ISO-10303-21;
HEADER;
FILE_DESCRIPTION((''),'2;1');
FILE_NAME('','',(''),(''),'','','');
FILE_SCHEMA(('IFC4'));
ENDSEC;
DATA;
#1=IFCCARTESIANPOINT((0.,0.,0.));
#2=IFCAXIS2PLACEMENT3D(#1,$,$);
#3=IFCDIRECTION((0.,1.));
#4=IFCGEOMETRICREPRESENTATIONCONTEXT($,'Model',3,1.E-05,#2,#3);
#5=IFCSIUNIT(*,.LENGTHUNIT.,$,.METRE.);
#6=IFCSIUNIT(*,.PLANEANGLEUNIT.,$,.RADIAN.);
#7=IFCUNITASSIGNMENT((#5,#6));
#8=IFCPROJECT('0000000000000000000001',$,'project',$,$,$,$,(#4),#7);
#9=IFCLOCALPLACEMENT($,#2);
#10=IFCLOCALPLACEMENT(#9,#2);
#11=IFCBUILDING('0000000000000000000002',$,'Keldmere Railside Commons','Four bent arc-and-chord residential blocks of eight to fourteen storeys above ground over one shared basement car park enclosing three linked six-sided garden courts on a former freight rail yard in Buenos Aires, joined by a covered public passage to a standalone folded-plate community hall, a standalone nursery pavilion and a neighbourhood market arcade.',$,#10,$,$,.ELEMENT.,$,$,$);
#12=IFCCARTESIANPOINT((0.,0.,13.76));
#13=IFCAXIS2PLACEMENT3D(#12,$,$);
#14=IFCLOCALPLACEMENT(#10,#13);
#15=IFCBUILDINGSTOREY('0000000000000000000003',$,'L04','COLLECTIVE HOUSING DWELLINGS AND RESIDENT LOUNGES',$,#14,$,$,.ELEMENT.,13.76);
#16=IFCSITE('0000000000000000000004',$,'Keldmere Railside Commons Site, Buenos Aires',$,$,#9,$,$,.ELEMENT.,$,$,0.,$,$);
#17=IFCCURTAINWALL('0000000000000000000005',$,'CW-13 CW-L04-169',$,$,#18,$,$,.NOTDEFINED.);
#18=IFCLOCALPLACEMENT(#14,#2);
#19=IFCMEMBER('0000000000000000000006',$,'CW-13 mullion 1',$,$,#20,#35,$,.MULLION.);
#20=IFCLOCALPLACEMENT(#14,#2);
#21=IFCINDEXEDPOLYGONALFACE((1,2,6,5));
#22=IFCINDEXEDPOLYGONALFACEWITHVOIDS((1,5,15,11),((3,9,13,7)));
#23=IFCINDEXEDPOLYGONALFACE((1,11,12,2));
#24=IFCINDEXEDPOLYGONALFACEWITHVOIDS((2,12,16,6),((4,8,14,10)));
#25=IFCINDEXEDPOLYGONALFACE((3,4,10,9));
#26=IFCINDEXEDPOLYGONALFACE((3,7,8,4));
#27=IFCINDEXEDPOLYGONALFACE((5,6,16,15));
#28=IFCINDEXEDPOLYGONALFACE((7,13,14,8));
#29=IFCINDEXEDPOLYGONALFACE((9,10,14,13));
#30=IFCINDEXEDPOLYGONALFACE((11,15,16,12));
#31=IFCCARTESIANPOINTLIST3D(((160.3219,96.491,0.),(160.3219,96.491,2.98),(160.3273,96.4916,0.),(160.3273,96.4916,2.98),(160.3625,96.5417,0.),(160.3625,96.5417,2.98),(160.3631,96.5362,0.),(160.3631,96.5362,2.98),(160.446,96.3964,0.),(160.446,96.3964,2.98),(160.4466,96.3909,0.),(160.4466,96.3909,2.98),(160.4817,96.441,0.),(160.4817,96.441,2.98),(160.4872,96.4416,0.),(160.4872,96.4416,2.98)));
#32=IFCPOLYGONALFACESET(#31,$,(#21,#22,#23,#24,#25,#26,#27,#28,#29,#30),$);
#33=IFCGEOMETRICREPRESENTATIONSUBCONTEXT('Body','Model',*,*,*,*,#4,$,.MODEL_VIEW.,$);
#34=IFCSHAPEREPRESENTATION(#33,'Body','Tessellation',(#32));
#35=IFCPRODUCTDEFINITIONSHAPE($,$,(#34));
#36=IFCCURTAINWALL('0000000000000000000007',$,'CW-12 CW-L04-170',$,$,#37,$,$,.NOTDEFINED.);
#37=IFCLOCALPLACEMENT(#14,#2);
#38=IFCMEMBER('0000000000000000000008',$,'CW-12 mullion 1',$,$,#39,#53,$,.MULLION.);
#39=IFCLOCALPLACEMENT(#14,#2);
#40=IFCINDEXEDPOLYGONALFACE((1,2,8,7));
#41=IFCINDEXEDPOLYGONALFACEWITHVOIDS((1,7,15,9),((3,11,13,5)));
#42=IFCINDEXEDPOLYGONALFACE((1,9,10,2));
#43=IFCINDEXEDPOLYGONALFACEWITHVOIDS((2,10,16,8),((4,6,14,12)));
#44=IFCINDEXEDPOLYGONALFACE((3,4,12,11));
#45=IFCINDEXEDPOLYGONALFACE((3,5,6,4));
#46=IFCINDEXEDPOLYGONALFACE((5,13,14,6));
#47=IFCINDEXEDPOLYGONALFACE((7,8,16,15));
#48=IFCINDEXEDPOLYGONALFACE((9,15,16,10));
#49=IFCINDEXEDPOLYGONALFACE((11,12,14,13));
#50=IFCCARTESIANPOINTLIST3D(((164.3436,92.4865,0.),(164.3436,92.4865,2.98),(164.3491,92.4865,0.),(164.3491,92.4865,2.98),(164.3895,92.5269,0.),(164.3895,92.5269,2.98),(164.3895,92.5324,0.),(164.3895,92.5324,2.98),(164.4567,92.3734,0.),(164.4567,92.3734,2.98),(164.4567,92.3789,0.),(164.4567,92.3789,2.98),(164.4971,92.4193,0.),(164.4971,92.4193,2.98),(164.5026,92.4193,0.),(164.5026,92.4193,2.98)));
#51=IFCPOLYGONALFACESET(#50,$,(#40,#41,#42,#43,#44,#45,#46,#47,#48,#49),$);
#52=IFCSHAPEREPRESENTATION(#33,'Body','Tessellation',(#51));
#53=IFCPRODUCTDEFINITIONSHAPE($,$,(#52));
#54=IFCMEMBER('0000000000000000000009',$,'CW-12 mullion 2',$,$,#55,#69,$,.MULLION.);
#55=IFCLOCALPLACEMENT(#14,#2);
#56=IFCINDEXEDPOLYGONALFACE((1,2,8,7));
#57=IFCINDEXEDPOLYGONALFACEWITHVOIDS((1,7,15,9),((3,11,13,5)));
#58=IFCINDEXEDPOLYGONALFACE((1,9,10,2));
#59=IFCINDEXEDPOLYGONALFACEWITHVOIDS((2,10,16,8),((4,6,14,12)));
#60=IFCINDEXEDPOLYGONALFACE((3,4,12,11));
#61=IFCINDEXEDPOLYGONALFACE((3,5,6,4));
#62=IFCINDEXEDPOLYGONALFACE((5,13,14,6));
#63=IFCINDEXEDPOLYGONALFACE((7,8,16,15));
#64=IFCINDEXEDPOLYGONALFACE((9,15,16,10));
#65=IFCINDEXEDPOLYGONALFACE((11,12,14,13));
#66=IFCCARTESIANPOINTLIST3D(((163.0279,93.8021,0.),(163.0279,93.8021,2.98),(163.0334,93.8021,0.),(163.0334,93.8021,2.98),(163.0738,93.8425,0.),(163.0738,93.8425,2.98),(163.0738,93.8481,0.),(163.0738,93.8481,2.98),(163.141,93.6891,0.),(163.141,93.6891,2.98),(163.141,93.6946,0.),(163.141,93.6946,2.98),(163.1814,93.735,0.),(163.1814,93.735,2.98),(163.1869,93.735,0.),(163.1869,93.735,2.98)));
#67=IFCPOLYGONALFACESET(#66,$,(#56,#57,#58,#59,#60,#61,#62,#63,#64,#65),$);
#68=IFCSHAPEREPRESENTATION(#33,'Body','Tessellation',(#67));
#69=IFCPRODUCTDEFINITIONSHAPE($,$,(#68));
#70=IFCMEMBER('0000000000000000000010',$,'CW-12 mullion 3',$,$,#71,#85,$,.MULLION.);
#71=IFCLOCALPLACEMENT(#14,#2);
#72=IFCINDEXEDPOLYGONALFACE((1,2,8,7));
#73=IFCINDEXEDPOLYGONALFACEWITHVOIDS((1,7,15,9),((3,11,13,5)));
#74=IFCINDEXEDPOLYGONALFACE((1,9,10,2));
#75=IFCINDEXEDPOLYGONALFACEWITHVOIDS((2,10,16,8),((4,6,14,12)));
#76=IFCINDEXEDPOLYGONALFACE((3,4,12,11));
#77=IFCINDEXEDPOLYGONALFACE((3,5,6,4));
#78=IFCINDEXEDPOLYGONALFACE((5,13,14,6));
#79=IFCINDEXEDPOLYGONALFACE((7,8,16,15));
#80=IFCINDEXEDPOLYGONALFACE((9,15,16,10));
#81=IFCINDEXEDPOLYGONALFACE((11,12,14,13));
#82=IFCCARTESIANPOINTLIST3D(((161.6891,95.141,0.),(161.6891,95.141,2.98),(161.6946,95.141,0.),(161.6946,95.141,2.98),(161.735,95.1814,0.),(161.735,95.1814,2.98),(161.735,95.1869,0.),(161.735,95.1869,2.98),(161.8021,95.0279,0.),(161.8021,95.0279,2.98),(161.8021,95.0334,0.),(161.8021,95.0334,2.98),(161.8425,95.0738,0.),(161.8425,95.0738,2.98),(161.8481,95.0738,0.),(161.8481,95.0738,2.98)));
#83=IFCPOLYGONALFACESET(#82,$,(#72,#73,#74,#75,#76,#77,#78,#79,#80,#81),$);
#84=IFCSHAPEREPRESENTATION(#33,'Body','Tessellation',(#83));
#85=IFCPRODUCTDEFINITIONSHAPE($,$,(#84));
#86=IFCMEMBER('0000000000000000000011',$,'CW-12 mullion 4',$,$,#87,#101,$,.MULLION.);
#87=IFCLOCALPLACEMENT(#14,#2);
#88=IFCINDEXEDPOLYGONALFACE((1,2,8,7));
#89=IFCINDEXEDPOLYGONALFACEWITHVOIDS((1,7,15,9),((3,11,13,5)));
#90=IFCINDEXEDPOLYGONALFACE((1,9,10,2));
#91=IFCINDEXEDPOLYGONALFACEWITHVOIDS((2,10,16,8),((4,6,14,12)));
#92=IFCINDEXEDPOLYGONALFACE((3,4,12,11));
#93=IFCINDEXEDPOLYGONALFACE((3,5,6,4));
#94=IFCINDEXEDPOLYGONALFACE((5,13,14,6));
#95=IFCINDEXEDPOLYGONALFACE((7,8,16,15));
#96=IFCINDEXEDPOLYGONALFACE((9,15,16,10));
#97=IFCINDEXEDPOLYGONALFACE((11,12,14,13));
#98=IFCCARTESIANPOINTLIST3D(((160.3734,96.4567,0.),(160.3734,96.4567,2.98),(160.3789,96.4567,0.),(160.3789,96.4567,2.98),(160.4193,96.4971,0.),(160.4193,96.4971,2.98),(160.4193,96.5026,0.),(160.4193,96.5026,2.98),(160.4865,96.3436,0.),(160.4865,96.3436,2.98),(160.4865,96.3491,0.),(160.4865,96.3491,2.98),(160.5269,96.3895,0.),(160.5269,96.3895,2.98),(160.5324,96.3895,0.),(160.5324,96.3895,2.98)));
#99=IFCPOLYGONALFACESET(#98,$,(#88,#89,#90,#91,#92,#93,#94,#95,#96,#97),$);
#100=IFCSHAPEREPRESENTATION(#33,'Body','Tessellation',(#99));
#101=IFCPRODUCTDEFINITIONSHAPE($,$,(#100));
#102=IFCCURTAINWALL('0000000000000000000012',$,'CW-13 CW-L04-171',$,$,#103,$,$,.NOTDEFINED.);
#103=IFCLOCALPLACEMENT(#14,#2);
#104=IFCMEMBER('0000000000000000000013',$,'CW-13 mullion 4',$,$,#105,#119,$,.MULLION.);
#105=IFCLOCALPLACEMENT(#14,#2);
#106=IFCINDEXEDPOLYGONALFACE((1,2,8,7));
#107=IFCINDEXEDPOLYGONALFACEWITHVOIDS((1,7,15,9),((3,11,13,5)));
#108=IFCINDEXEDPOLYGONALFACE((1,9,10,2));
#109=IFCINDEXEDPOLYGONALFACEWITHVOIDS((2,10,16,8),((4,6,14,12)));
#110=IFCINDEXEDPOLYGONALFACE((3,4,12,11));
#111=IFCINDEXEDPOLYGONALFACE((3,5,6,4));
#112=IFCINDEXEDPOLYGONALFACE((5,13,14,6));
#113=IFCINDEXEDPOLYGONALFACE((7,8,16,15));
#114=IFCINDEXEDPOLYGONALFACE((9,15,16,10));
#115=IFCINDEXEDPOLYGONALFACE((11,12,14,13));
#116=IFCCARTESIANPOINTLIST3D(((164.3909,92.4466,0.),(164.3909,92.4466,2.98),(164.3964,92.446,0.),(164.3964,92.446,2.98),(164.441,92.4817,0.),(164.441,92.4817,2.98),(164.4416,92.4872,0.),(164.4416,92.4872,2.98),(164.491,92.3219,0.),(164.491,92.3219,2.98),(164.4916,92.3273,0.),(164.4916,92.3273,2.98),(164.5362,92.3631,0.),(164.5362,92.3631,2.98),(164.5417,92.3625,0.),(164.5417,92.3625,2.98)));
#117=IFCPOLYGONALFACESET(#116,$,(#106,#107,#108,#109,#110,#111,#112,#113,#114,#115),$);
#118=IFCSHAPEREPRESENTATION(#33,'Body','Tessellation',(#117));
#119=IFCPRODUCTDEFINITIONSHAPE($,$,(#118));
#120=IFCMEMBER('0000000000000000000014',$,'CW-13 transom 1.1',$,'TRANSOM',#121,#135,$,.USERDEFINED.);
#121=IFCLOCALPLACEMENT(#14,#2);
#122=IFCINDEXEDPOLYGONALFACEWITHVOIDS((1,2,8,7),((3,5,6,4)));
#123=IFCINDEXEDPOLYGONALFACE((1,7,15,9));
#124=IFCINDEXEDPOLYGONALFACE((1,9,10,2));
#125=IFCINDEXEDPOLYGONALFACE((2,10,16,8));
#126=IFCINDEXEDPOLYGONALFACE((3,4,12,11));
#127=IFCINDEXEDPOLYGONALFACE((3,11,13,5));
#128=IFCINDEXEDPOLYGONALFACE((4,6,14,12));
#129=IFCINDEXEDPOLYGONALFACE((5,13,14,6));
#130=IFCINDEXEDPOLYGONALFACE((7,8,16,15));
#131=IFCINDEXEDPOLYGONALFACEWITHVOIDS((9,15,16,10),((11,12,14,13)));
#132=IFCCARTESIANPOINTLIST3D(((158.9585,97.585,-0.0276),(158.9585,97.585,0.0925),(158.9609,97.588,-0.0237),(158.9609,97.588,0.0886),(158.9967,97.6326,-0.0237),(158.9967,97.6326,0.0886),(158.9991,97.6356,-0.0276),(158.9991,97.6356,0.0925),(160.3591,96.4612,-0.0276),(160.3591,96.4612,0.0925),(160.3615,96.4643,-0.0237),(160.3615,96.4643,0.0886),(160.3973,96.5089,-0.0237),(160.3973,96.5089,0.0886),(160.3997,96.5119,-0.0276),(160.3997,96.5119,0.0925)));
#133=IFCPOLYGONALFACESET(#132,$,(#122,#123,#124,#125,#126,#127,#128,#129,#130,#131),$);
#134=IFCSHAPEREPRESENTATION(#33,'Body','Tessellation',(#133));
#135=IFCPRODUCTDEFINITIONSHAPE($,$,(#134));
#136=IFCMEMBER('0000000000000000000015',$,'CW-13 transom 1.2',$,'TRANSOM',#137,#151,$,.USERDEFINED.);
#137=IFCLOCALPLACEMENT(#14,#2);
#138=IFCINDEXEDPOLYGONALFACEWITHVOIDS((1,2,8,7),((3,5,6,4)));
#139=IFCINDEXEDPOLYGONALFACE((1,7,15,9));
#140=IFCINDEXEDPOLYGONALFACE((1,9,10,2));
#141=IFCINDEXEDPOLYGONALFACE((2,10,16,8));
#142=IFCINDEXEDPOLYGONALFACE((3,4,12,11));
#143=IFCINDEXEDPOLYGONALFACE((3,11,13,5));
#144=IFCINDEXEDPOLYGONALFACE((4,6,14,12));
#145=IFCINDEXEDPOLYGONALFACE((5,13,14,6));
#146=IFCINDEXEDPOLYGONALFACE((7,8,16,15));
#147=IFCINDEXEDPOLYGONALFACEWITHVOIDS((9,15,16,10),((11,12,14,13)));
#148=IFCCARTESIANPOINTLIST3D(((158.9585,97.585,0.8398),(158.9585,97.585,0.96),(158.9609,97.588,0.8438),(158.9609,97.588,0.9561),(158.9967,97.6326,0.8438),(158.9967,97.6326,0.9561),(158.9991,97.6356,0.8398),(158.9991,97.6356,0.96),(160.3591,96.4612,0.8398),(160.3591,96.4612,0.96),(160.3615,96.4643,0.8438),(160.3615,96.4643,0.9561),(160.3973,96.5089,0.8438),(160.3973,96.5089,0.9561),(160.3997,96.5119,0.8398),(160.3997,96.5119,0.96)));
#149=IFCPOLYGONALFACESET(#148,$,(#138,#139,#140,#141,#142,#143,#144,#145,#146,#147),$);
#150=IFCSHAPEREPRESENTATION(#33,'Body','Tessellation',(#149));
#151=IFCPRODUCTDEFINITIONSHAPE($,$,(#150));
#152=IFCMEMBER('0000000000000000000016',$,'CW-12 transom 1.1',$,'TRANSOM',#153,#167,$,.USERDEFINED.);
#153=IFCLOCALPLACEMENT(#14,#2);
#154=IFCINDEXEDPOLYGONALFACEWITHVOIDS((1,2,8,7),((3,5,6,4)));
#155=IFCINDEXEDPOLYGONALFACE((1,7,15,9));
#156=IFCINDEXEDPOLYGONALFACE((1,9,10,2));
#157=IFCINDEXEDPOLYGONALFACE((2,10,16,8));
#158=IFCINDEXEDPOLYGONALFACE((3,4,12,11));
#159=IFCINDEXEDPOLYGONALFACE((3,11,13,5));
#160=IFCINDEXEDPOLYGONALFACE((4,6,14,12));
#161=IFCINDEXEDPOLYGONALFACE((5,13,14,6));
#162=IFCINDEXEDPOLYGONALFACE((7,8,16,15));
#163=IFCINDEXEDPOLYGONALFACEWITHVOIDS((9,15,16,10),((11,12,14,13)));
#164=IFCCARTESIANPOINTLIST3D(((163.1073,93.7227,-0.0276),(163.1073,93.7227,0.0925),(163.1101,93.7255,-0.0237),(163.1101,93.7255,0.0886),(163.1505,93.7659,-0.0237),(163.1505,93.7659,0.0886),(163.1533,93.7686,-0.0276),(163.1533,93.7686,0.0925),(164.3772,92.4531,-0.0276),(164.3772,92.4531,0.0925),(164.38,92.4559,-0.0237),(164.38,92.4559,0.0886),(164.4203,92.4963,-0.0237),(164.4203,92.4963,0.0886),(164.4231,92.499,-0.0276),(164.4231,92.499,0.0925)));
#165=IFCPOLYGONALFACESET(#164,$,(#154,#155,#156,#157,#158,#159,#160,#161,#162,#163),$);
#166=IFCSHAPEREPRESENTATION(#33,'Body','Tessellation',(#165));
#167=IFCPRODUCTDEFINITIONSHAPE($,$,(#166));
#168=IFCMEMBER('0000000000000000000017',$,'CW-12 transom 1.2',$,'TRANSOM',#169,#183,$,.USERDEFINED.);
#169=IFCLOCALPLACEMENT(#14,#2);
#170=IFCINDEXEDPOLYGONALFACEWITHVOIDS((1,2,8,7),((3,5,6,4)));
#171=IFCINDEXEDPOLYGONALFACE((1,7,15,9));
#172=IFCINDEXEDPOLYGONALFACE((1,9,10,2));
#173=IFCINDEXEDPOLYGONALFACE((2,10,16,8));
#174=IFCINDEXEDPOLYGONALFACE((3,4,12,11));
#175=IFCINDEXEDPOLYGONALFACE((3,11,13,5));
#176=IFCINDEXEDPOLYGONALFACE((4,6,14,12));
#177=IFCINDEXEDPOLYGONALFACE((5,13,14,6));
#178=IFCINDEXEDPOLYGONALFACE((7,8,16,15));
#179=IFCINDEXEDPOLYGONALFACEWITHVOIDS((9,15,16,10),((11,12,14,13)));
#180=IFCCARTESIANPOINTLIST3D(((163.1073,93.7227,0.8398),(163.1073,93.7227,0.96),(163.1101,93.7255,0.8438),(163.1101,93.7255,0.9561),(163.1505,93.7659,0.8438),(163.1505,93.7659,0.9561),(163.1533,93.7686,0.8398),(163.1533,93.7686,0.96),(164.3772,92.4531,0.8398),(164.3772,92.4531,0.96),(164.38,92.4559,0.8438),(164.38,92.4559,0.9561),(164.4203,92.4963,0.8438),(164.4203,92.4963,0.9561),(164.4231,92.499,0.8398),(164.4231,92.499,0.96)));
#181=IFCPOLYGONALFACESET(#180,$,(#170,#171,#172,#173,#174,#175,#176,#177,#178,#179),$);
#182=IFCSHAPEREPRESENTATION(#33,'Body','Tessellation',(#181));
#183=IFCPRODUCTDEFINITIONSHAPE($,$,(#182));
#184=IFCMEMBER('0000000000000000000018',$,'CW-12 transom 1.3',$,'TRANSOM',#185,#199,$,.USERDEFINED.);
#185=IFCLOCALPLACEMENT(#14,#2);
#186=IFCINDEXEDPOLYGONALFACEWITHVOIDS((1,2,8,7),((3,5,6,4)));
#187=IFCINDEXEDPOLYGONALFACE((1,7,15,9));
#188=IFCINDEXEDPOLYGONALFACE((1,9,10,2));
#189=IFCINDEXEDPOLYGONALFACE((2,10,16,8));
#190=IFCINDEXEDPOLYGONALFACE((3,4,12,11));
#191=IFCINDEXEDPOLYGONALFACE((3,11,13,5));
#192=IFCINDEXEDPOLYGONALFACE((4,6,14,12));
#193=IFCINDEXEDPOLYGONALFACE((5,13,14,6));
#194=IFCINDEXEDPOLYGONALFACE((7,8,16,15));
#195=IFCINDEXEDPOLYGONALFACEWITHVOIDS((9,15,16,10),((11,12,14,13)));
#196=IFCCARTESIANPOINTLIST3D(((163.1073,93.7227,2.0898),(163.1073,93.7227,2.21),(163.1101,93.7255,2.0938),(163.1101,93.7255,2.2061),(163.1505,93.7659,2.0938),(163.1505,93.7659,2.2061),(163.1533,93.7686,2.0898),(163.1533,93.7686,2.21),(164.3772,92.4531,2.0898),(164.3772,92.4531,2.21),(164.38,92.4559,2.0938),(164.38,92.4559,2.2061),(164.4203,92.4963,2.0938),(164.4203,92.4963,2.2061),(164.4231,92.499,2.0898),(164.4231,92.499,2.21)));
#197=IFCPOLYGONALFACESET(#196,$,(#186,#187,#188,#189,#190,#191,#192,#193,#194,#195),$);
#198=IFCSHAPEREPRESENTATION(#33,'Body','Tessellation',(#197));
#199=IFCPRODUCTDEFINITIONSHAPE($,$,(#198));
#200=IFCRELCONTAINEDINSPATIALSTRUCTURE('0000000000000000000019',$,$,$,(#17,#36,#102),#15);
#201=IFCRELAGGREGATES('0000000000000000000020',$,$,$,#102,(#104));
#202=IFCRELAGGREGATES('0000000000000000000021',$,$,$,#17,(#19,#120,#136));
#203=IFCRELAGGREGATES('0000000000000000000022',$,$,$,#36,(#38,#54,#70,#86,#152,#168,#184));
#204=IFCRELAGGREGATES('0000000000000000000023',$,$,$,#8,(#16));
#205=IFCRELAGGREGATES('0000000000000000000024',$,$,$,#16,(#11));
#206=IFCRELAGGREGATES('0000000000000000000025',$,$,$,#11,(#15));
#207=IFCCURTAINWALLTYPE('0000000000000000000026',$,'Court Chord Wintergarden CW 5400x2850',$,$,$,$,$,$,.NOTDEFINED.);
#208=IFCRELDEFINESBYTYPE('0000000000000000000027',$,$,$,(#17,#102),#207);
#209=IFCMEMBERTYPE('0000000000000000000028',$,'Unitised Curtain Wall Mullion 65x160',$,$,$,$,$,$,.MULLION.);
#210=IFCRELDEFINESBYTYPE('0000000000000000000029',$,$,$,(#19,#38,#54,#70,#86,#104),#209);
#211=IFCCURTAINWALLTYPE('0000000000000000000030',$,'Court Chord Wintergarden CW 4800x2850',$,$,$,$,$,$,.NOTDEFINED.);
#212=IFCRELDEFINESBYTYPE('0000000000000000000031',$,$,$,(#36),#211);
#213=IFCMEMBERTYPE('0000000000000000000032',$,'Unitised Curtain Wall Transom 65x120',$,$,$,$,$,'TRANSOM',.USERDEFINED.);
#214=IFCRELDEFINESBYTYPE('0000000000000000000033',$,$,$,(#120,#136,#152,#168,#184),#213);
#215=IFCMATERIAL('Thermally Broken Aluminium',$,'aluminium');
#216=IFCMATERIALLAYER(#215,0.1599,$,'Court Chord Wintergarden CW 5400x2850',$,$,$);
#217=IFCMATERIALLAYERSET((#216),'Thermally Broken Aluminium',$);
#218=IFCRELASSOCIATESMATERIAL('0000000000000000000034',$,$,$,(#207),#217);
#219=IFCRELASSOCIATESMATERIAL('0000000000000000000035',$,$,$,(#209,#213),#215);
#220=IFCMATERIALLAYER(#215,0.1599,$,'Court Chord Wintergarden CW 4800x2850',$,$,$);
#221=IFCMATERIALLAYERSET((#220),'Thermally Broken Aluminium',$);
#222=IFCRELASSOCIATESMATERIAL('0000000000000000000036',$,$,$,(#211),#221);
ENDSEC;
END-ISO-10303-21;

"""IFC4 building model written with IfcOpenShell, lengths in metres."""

from ifc_helpers import new_model, si_unit, direction, frame, origin, origin_2d, place, context, subcontext, project, spatial, hollow_rectangle, extrude, material, layer, layer_set, material_profile, profile_set, type_object, element, aggregate, save


model = new_model("IFC4")

# Units and contexts
model_context = context("Model", 3, precision=1e-05, world=origin(), true_north=direction((0.0, 1.0)))
body_context = subcontext(model_context, "Body", "Model", "MODEL_VIEW")
ifc_project = project(units=[si_unit("LENGTHUNIT", "METRE"), si_unit("PLANEANGLEUNIT", "RADIAN")], contexts=[model_context])

# Site, building, storey
site_placement = place(None, origin())
site = spatial("IfcSite", under=ifc_project, at=site_placement, Name="Keldmere Railside Commons Site, Buenos Aires", CompositionType="ELEMENT", RefElevation=0.0)
building_placement = place(site_placement, origin())
building = spatial("IfcBuilding", under=site, at=building_placement, Name="Keldmere Railside Commons", Description="Four bent arc-and-chord residential blocks of eight to fourteen storeys above ground over one shared basement car park enclosing three linked six-sided garden courts on a former freight rail yard in Buenos Aires, joined by a covered public passage to a standalone folded-plate community hall, a standalone nursery pavilion and a neighbourhood market arcade.", CompositionType="ELEMENT")
storey_placement = place(building_placement, frame((0.0, 0.0, 13.76)))
storey = spatial("IfcBuildingStorey", under=building, at=storey_placement, Name="L04", Description="COLLECTIVE HOUSING DWELLINGS AND RESIDENT LOUNGES", CompositionType="ELEMENT", Elevation=13.76)

# Curtain wall, member
ifc_material_1 = material(Name="Thermally Broken Aluminium", Category="aluminium")
ifc_layer_1 = layer(ifc_material_1, 0.1599, Name="Court Chord Wintergarden CW 5400x2850")
ifc_layer_set_1 = layer_set([ifc_layer_1], Name="Thermally Broken Aluminium")
curtain_wall_type_1 = type_object("IfcCurtainWallType", Name="Court Chord Wintergarden CW 5400x2850", PredefinedType="NOTDEFINED", material=ifc_layer_set_1)
curtain_wall_1_placement = place(storey_placement, origin())
curtain_wall_1 = element("IfcCurtainWall", 1, at=curtain_wall_1_placement, inside=storey, type_object=curtain_wall_type_1, Name="CW-13 CW-L04-169", PredefinedType="NOTDEFINED")
ifc_material_profile_1 = material_profile(ifc_material_1, hollow_rectangle(XDim=0.0649, YDim=0.1599, WallThickness=0.0039, at=origin_2d()), Name="ALU-MULL-65x160")
ifc_profile_set_1 = profile_set([ifc_material_profile_1], Name="Thermally Broken Aluminium")
member_type_1 = type_object("IfcMemberType", Name="Unitised Curtain Wall Mullion 65x160", PredefinedType="MULLION", material=ifc_profile_set_1)
member_1_placement = place(storey_placement, frame((160.4045, 96.4663, 0.0), z_axis=(0.0, 0.0, 1.0), x_axis=(-0.625768, -0.780009, 0.0)))
member_1 = element("IfcMember", 2, at=member_1_placement, type_object=member_type_1, Name="CW-13 mullion 1", PredefinedType="MULLION", context=body_context, shape_type="SweptSolid", body=[
    extrude(hollow_rectangle(XDim=0.0649, YDim=0.1599, WallThickness=0.0039, at=origin_2d()), origin(), (0.0, 0.0, 1.0), 2.98),
])

# Curtain wall, members
ifc_layer_2 = layer(ifc_material_1, 0.1599, Name="Court Chord Wintergarden CW 4800x2850")
ifc_layer_set_2 = layer_set([ifc_layer_2], Name="Thermally Broken Aluminium")
curtain_wall_type_2 = type_object("IfcCurtainWallType", Name="Court Chord Wintergarden CW 4800x2850", PredefinedType="NOTDEFINED", material=ifc_layer_set_2)
curtain_wall_2_placement = place(storey_placement, origin())
curtain_wall_2 = element("IfcCurtainWall", 3, at=curtain_wall_2_placement, inside=storey, type_object=curtain_wall_type_2, Name="CW-12 CW-L04-170", PredefinedType="NOTDEFINED")
member_2_placement = place(storey_placement, frame((164.4231, 92.4529, 0.0), z_axis=(0.0, 0.0, 1.0), x_axis=(-0.707107, -0.707107, 0.0)))
member_2 = element("IfcMember", 4, at=member_2_placement, type_object=member_type_1, Name="CW-12 mullion 1", PredefinedType="MULLION", context=body_context, shape_type="SweptSolid", body=[
    extrude(hollow_rectangle(XDim=0.0649, YDim=0.1599, WallThickness=0.0039, at=origin_2d()), origin(), (0.0, 0.0, 1.0), 2.98),
])
member_3_placement = place(storey_placement, frame((163.1074, 93.7686, 0.0), z_axis=(0.0, 0.0, 1.0), x_axis=(-0.707107, -0.707107, 0.0)))
member_3 = element("IfcMember", 5, at=member_3_placement, type_object=member_type_1, Name="CW-12 mullion 2", PredefinedType="MULLION", context=body_context, shape_type="SweptSolid", body=[
    extrude(hollow_rectangle(XDim=0.0649, YDim=0.1599, WallThickness=0.0039, at=origin_2d()), origin(), (0.0, 0.0, 1.0), 2.98),
])
member_4_placement = place(storey_placement, frame((161.7686, 95.1074, 0.0), z_axis=(0.0, 0.0, 1.0), x_axis=(-0.707107, -0.707107, 0.0)))
member_4 = element("IfcMember", 6, at=member_4_placement, type_object=member_type_1, Name="CW-12 mullion 3", PredefinedType="MULLION", context=body_context, shape_type="SweptSolid", body=[
    extrude(hollow_rectangle(XDim=0.0649, YDim=0.1599, WallThickness=0.0039, at=origin_2d()), origin(), (0.0, 0.0, 1.0), 2.98),
])
member_5_placement = place(storey_placement, frame((160.4529, 96.4231, 0.0), z_axis=(0.0, 0.0, 1.0), x_axis=(-0.707107, -0.707107, 0.0)))
member_5 = element("IfcMember", 7, at=member_5_placement, type_object=member_type_1, Name="CW-12 mullion 4", PredefinedType="MULLION", context=body_context, shape_type="SweptSolid", body=[
    extrude(hollow_rectangle(XDim=0.0649, YDim=0.1599, WallThickness=0.0039, at=origin_2d()), origin(), (0.0, 0.0, 1.0), 2.98),
])

# Curtain wall, member
curtain_wall_3_placement = place(storey_placement, origin())
curtain_wall_3 = element("IfcCurtainWall", 8, at=curtain_wall_3_placement, inside=storey, type_object=curtain_wall_type_1, Name="CW-13 CW-L04-171", PredefinedType="NOTDEFINED")
member_6_placement = place(storey_placement, frame((164.4663, 92.4045, 0.0), z_axis=(0.0, 0.0, 1.0), x_axis=(-0.780009, -0.625768, 0.0)))
member_6 = element("IfcMember", 9, at=member_6_placement, type_object=member_type_1, Name="CW-13 mullion 4", PredefinedType="MULLION", context=body_context, shape_type="SweptSolid", body=[
    extrude(hollow_rectangle(XDim=0.0649, YDim=0.1599, WallThickness=0.0039, at=origin_2d()), origin(), (0.0, 0.0, 1.0), 2.98),
])
aggregate(curtain_wall_3, [member_6])

# Members
ifc_material_profile_2 = material_profile(ifc_material_1, hollow_rectangle(XDim=0.0649, YDim=0.1201, WallThickness=0.0039, at=origin_2d()), Name="ALU-TRAN-65x120")
ifc_profile_set_2 = profile_set([ifc_material_profile_2], Name="Thermally Broken Aluminium")
member_type_2 = type_object("IfcMemberType", Name="Unitised Curtain Wall Transom 65x120", ElementType="TRANSOM", PredefinedType="USERDEFINED", material=ifc_profile_set_2)
member_7_placement = place(storey_placement, frame((160.3794, 96.4866, 0.0325), z_axis=(-0.779979, 0.625805, 0.0), x_axis=(-0.625805, -0.779979, 0.0)))
member_7 = element("IfcMember", 10, at=member_7_placement, type_object=member_type_2, Name="CW-13 transom 1.1", ObjectType="TRANSOM", PredefinedType="USERDEFINED", context=body_context, shape_type="SweptSolid", body=[
    extrude(hollow_rectangle(XDim=0.0649, YDim=0.1201, WallThickness=0.0039, at=origin_2d()), origin(), (0.0, 0.0, 1.0), 1.7957),
])
member_8_placement = place(storey_placement, frame((160.3794, 96.4866, 0.8999), z_axis=(-0.779979, 0.625805, 0.0), x_axis=(-0.625805, -0.779979, 0.0)))
member_8 = element("IfcMember", 11, at=member_8_placement, type_object=member_type_2, Name="CW-13 transom 1.2", ObjectType="TRANSOM", PredefinedType="USERDEFINED", context=body_context, shape_type="SweptSolid", body=[
    extrude(hollow_rectangle(XDim=0.0649, YDim=0.1201, WallThickness=0.0039, at=origin_2d()), origin(), (0.0, 0.0, 1.0), 1.7957),
])
aggregate(curtain_wall_1, [member_1, member_7, member_8])
member_9_placement = place(storey_placement, frame((164.4001, 92.4761, 0.0325), z_axis=(-0.707175, 0.707039, 0.0), x_axis=(-0.707039, -0.707175, 0.0)))
member_9 = element("IfcMember", 12, at=member_9_placement, type_object=member_type_2, Name="CW-12 transom 1.1", ObjectType="TRANSOM", PredefinedType="USERDEFINED", context=body_context, shape_type="SweptSolid", body=[
    extrude(hollow_rectangle(XDim=0.0649, YDim=0.1201, WallThickness=0.0039, at=origin_2d()), origin(), (0.0, 0.0, 1.0), 1.7957),
])
member_10_placement = place(storey_placement, frame((164.4001, 92.4761, 0.8999), z_axis=(-0.707175, 0.707039, 0.0), x_axis=(-0.707039, -0.707175, 0.0)))
member_10 = element("IfcMember", 13, at=member_10_placement, type_object=member_type_2, Name="CW-12 transom 1.2", ObjectType="TRANSOM", PredefinedType="USERDEFINED", context=body_context, shape_type="SweptSolid", body=[
    extrude(hollow_rectangle(XDim=0.0649, YDim=0.1201, WallThickness=0.0039, at=origin_2d()), origin(), (0.0, 0.0, 1.0), 1.7957),
])
member_11_placement = place(storey_placement, frame((164.4001, 92.4761, 2.1499), z_axis=(-0.707175, 0.707039, 0.0), x_axis=(-0.707039, -0.707175, 0.0)))
member_11 = element("IfcMember", 14, at=member_11_placement, type_object=member_type_2, Name="CW-12 transom 1.3", ObjectType="TRANSOM", PredefinedType="USERDEFINED", context=body_context, shape_type="SweptSolid", body=[
    extrude(hollow_rectangle(XDim=0.0649, YDim=0.1201, WallThickness=0.0039, at=origin_2d()), origin(), (0.0, 0.0, 1.0), 1.7957),
])

aggregate(curtain_wall_2, [member_2, member_3, member_4, member_5, member_9, member_10, member_11])

save(model, "model.ifc")
